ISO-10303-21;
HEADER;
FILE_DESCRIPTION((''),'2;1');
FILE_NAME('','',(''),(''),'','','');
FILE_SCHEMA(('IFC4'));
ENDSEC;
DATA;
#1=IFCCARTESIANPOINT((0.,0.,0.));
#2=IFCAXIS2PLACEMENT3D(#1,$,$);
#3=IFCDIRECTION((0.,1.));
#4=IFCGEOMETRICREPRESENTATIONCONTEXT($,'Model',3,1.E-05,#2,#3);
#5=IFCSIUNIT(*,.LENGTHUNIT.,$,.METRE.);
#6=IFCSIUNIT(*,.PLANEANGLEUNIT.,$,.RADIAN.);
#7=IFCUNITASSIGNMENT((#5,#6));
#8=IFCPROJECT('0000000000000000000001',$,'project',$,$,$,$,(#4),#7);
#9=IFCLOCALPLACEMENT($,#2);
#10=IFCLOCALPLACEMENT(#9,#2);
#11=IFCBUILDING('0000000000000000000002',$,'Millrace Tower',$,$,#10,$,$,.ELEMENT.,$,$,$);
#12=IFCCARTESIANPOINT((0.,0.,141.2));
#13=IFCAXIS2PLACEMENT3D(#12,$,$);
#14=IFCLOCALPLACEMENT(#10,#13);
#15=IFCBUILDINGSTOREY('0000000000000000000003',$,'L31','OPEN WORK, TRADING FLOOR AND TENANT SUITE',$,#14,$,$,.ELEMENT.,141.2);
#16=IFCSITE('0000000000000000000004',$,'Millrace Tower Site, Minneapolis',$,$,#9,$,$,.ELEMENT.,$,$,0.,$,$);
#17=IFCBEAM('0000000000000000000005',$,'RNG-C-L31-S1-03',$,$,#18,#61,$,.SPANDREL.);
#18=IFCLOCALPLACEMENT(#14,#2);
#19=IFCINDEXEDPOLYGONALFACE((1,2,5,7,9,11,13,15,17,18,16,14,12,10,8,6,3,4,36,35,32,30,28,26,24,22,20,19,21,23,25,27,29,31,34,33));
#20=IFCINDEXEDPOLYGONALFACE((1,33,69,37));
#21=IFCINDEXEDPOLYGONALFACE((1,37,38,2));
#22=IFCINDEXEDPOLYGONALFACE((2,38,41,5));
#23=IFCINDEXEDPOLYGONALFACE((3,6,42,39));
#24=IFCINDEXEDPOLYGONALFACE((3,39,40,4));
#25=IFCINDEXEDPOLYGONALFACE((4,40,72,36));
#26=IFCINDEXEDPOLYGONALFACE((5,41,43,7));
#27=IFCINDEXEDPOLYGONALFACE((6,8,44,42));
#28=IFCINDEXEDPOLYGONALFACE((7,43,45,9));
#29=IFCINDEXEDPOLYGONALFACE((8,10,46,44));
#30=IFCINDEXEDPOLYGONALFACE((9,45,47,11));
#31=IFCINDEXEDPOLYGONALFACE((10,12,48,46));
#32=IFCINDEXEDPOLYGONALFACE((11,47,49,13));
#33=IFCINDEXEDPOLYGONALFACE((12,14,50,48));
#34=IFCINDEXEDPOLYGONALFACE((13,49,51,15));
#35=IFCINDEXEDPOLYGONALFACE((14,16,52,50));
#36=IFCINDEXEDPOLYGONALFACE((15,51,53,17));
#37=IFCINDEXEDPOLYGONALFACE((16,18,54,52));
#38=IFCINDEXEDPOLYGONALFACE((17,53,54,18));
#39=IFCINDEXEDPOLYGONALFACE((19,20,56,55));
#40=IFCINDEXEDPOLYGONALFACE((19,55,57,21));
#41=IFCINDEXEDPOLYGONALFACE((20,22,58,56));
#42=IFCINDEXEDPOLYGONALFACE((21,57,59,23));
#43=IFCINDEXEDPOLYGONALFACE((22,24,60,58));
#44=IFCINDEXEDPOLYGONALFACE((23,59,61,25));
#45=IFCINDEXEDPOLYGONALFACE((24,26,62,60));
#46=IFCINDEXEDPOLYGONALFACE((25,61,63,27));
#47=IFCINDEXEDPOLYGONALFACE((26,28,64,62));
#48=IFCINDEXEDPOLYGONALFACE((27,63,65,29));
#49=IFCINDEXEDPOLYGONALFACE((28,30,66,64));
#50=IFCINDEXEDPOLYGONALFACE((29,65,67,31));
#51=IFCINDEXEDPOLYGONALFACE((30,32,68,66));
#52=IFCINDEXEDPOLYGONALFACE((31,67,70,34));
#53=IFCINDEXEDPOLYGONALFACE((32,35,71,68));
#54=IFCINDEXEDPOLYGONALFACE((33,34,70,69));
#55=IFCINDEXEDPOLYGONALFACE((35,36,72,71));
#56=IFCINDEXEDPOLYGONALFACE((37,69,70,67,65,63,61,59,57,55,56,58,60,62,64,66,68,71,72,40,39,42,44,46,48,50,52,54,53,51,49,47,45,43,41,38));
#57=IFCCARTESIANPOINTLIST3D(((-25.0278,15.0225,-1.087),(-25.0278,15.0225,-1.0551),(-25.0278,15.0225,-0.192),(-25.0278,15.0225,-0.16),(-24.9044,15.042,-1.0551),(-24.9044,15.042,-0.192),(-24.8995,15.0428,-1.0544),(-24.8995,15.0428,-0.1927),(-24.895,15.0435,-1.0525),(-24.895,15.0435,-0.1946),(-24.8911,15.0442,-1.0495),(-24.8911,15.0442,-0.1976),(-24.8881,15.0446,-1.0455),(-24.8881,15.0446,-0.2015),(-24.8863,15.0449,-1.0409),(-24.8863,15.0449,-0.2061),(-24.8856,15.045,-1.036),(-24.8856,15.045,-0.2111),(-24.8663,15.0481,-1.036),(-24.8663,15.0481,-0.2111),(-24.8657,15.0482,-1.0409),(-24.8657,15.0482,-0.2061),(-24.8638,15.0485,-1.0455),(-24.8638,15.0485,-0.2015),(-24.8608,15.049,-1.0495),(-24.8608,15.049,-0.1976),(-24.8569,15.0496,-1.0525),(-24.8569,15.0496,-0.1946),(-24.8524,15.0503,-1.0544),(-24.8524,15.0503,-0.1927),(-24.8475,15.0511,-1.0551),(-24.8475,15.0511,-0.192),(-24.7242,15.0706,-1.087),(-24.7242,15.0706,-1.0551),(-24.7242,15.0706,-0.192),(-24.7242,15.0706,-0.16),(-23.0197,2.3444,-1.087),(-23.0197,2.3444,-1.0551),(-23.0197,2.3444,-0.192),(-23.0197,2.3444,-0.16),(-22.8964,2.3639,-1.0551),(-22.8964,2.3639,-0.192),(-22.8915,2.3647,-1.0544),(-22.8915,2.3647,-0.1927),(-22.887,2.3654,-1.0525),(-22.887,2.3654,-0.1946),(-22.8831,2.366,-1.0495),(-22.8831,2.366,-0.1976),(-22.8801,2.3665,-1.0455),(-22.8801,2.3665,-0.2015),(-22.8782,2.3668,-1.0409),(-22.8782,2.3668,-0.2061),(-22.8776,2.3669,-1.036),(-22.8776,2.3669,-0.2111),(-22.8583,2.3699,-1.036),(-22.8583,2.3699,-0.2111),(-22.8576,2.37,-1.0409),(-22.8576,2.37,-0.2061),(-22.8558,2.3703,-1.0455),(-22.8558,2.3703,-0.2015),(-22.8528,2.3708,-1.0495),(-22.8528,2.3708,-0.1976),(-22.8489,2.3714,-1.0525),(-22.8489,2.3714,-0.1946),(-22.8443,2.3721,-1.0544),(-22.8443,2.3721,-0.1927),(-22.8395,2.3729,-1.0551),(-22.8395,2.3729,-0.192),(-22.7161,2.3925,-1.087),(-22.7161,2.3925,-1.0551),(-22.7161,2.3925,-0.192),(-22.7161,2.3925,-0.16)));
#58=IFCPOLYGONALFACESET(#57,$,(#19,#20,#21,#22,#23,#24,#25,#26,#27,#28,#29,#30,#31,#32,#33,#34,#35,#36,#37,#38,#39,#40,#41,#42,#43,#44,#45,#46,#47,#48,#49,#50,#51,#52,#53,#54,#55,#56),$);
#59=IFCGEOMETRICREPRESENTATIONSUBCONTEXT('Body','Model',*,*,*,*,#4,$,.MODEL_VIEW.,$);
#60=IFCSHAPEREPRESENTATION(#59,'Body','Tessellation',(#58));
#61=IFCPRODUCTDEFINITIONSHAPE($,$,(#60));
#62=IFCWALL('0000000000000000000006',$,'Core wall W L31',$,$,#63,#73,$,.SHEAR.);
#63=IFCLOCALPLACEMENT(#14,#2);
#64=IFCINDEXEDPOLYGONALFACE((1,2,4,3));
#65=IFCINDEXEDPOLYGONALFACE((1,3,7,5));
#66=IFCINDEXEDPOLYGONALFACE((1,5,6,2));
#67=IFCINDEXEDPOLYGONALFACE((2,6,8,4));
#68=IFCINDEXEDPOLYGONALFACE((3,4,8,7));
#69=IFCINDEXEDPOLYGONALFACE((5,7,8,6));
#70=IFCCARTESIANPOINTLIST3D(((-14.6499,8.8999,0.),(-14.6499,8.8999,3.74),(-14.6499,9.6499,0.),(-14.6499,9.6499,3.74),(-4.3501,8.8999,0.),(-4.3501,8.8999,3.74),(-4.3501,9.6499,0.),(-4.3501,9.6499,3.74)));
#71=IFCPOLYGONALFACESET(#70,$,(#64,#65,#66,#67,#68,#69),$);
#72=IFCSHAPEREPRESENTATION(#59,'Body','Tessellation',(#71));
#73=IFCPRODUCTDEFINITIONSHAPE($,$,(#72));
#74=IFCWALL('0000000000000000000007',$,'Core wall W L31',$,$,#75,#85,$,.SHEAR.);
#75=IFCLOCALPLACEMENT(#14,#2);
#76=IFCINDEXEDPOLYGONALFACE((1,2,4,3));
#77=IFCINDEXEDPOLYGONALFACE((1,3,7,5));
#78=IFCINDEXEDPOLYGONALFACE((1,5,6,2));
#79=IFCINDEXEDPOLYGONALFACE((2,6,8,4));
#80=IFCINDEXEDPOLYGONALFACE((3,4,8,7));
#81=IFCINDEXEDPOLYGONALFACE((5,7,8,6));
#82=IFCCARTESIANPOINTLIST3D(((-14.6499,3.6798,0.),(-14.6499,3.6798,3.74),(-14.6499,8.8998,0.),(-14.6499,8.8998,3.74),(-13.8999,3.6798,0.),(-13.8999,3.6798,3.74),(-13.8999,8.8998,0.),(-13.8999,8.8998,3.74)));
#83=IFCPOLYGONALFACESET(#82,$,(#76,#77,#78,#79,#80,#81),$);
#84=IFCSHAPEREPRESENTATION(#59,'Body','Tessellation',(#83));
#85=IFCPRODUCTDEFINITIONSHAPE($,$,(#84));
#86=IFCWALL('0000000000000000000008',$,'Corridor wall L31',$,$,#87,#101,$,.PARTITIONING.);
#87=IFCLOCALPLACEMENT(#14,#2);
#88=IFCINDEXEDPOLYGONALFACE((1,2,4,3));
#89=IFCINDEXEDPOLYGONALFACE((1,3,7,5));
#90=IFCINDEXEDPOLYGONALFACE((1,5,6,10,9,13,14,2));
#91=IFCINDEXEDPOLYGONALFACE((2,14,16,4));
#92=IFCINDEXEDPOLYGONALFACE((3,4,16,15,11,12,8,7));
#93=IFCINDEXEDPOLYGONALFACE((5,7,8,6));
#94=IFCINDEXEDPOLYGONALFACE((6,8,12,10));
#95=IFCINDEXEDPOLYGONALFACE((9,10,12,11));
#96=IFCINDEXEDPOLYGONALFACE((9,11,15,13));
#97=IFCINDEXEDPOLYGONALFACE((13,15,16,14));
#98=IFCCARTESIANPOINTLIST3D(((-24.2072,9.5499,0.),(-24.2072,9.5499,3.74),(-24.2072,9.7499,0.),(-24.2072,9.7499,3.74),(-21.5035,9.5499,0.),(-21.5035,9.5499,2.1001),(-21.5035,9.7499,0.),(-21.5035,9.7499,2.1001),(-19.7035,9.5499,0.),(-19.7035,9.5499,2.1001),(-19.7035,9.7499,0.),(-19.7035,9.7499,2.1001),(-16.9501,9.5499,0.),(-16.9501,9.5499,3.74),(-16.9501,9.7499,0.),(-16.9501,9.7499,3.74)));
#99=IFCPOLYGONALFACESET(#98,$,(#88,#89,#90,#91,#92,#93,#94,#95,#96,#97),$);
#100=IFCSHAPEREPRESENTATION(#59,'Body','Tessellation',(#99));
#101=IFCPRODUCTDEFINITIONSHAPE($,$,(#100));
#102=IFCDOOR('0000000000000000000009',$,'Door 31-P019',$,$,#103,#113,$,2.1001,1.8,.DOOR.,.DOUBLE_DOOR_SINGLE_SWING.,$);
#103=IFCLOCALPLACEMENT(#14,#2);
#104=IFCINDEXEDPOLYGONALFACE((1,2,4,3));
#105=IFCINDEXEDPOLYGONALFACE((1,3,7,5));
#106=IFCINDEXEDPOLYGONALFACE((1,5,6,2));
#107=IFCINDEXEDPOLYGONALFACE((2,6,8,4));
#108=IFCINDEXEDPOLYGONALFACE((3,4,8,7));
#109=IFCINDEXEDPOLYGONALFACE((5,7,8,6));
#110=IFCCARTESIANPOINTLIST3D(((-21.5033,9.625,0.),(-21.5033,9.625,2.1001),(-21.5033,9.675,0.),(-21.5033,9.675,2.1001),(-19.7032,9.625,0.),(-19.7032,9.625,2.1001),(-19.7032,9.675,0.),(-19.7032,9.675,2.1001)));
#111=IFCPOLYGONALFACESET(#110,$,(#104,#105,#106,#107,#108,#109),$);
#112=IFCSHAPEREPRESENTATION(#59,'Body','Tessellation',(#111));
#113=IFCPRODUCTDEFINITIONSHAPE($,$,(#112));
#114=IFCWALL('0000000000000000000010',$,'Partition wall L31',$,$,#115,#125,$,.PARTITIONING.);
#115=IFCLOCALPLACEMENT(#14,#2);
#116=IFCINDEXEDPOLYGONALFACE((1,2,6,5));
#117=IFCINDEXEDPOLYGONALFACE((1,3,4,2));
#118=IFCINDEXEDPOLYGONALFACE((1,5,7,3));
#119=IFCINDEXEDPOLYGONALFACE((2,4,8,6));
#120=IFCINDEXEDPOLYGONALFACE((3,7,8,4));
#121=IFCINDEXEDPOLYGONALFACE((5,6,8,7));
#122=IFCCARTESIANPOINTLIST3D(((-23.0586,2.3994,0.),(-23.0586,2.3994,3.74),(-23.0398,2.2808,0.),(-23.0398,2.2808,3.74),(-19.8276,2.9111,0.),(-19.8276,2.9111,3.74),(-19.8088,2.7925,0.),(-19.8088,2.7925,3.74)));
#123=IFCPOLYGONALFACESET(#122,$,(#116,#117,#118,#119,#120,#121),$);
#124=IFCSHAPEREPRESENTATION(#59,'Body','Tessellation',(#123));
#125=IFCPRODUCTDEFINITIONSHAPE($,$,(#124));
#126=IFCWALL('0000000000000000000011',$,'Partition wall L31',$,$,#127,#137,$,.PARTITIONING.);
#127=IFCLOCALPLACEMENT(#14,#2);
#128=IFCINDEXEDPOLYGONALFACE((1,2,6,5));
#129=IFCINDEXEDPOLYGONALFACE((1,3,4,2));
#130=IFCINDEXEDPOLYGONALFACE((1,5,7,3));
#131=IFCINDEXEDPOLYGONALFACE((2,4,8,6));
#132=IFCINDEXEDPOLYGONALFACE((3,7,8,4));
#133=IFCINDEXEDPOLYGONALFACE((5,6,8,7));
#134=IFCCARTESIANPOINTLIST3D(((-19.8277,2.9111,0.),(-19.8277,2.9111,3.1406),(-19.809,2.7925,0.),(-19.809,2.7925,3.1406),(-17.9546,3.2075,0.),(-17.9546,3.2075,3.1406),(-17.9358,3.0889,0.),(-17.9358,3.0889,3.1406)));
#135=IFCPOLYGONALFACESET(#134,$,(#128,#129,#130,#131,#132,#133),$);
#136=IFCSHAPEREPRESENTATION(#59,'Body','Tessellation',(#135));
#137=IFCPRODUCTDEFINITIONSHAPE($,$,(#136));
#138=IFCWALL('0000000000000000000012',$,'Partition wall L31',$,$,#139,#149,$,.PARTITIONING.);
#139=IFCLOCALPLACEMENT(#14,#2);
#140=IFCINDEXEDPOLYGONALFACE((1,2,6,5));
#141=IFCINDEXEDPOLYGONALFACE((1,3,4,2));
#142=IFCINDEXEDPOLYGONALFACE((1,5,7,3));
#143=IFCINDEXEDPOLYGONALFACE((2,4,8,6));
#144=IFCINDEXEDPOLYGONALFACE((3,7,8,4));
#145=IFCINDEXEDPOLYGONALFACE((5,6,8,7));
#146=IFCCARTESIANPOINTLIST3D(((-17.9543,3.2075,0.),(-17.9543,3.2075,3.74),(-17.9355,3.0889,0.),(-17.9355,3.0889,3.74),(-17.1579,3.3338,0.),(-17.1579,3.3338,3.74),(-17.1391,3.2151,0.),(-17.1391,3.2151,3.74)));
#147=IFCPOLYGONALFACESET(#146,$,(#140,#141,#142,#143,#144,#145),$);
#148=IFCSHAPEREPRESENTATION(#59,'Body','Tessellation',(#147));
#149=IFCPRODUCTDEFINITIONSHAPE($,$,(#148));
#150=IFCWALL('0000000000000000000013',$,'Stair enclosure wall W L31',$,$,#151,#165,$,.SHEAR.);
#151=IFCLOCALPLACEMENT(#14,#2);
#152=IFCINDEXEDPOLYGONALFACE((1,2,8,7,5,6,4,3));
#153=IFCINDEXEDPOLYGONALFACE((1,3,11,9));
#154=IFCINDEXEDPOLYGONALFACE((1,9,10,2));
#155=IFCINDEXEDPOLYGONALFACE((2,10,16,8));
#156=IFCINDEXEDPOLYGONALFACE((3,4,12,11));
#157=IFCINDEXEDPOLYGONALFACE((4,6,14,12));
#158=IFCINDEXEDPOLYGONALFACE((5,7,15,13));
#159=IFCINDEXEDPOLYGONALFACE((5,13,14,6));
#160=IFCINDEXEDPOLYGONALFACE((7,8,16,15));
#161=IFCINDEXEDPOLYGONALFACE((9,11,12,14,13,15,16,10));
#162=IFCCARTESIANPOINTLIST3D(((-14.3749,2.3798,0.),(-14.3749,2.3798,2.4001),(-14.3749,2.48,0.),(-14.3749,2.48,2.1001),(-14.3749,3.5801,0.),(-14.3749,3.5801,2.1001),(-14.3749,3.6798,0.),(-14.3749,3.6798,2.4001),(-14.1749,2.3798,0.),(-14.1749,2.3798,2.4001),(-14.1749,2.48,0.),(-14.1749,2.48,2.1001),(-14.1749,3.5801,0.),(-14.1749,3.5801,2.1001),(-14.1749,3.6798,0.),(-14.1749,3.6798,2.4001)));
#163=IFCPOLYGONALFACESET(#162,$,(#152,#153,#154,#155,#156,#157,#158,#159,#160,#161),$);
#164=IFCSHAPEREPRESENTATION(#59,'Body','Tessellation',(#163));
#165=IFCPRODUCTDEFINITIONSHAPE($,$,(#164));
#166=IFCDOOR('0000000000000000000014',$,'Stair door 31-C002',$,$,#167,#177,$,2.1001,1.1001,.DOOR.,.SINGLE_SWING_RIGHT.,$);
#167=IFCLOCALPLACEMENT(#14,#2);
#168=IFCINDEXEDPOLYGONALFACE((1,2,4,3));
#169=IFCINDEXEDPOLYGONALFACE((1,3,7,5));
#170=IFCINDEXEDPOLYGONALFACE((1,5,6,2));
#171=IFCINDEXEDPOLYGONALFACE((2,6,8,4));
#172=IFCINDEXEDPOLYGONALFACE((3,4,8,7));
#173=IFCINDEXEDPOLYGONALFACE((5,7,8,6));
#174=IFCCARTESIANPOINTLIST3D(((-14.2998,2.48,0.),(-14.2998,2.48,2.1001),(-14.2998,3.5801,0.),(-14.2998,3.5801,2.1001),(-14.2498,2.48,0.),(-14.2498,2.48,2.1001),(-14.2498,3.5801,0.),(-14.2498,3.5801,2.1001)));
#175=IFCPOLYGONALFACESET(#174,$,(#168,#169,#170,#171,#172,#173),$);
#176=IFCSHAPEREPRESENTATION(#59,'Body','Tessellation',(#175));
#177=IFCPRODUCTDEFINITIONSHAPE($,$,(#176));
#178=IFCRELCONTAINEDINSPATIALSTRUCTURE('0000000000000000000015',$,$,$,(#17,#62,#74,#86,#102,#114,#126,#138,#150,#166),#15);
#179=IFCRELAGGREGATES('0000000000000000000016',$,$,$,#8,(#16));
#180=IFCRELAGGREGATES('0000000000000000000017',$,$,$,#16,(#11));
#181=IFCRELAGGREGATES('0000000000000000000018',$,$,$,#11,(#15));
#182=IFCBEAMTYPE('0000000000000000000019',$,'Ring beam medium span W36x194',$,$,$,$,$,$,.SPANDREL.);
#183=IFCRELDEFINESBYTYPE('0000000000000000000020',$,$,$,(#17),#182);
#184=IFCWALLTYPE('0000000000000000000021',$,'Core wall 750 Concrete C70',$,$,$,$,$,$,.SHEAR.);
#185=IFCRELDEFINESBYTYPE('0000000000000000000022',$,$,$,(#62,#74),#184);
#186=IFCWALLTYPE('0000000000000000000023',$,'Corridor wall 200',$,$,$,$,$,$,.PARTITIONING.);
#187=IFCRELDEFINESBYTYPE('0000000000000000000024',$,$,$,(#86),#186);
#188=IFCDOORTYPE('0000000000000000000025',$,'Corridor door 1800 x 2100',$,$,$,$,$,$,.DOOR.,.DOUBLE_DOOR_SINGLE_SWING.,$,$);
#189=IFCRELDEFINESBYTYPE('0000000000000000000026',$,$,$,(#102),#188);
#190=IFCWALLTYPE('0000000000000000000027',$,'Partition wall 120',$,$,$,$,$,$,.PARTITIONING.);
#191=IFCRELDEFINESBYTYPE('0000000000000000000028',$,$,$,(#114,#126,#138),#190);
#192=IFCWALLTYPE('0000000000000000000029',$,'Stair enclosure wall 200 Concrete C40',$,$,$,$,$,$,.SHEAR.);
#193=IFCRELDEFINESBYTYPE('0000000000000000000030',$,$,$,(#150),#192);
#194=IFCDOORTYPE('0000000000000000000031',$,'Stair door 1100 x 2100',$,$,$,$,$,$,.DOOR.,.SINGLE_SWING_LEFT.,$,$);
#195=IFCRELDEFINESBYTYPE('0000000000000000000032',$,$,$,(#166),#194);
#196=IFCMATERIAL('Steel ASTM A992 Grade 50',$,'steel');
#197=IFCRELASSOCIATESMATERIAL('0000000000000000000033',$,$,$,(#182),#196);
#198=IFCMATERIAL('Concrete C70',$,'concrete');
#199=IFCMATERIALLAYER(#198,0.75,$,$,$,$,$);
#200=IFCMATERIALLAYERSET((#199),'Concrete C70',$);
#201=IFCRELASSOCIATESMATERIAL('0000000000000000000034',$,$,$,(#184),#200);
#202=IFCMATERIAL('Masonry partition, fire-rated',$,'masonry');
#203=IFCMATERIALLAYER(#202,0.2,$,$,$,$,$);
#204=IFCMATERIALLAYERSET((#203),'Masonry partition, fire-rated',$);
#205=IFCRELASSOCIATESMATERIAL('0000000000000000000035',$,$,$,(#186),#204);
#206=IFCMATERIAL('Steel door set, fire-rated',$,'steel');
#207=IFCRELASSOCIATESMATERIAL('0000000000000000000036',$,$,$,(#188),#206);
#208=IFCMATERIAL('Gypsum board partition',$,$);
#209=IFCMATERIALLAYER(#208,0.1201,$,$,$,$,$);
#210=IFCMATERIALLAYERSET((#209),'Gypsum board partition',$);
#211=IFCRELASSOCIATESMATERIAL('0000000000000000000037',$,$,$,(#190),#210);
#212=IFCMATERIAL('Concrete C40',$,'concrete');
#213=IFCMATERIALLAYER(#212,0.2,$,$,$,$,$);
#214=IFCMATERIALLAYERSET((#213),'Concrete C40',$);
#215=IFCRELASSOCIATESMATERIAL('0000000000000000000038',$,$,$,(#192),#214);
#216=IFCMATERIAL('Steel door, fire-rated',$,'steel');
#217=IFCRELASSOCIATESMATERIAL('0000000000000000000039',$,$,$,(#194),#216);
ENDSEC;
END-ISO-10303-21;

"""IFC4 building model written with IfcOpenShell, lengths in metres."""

from ifc_helpers import new_model, si_unit, direction, frame, frame_2d, origin, origin_2d, place, context, subcontext, project, spatial, rectangle, i_section, extrude, material, layer, layer_set, material_profile, profile_set, type_object, element, fill, save


model = new_model("IFC4")

# Units and contexts
model_context = context("Model", 3, precision=1e-05, world=origin(), true_north=direction((0.0, 1.0)))
body_context = subcontext(model_context, "Body", "Model", "MODEL_VIEW")
ifc_project = project(units=[si_unit("LENGTHUNIT", "METRE"), si_unit("PLANEANGLEUNIT", "RADIAN")], contexts=[model_context])

# Site, building, storey
site_placement = place(None, origin())
site = spatial("IfcSite", under=ifc_project, at=site_placement, Name="Millrace Tower Site, Minneapolis", CompositionType="ELEMENT", RefElevation=0.0)
building_placement = place(site_placement, origin())
building = spatial("IfcBuilding", under=site, at=building_placement, Name="Millrace Tower", CompositionType="ELEMENT")
storey_placement = place(building_placement, frame((0.0, 0.0, 141.2)))
storey = spatial("IfcBuildingStorey", under=building, at=storey_placement, Name="L31", Description="OPEN WORK, TRADING FLOOR AND TENANT SUITE", CompositionType="ELEMENT", Elevation=141.2)

# Beam
ifc_material_1 = material(Name="Steel ASTM A992 Grade 50", Category="steel")
ifc_material_profile_1 = material_profile(ifc_material_1, i_section(OverallWidth=0.3074, OverallDepth=0.927, WebThickness=0.0195, FlangeThickness=0.032, FilletRadius=0.019, at=origin_2d()))
ifc_profile_set_1 = profile_set([ifc_material_profile_1], Name="Steel ASTM A992 Grade 50")
beam_type_1 = type_object("IfcBeamType", Name="Ring beam medium span W36x194", PredefinedType="SPANDREL", material=ifc_profile_set_1)
beam_1_placement = place(storey_placement, frame((-22.8679, 2.3684, -0.6235), z_axis=(-0.156436, 0.987688, 0.0), x_axis=(-0.987688, -0.156436, 0.0)))
element("IfcBeam", 1, at=beam_1_placement, inside=storey, type_object=beam_type_1, Name="RNG-C-L31-S1-03", PredefinedType="SPANDREL", context=body_context, shape_type="SweptSolid", body=[
    extrude(i_section(OverallWidth=0.3074, OverallDepth=0.927, WebThickness=0.0195, FlangeThickness=0.032, FilletRadius=0.019, at=origin_2d()), origin(), (0.0, 0.0, 1.0), 12.8362),
])

# Walls
ifc_material_2 = material(Name="Concrete C70", Category="concrete")
ifc_layer_1 = layer(ifc_material_2, 0.75)
ifc_layer_set_1 = layer_set([ifc_layer_1], Name="Concrete C70")
wall_type_1 = type_object("IfcWallType", Name="Core wall 750 Concrete C70", PredefinedType="SHEAR", material=ifc_layer_set_1)
wall_1_placement = place(storey_placement, frame((-14.6499, 9.2749, 0.0), z_axis=(0.0, 0.0, 1.0), x_axis=(1.0, 0.0, 0.0)))
element("IfcWall", 2, at=wall_1_placement, inside=storey, type_object=wall_type_1, Name="Core wall W L31", PredefinedType="SHEAR", context=body_context, shape_type="SweptSolid", body=[
    extrude(rectangle(XDim=10.2998, YDim=0.75, at=frame_2d((5.1499, 0.0))), origin(), (0.0, 0.0, 1.0), 3.74),
])
wall_2_placement = place(storey_placement, frame((-14.2749, 3.6799, 0.0), z_axis=(0.0, 0.0, 1.0), x_axis=(0.0, 1.0, 0.0)))
element("IfcWall", 3, at=wall_2_placement, inside=storey, type_object=wall_type_1, Name="Core wall W L31", PredefinedType="SHEAR", context=body_context, shape_type="SweptSolid", body=[
    extrude(rectangle(XDim=5.22, YDim=0.75, at=frame_2d((2.6099, 0.0))), origin(), (0.0, 0.0, 1.0), 3.74),
])

# Wall, opening, door
ifc_material_3 = material(Name="Masonry partition, fire-rated", Category="masonry")
ifc_layer_2 = layer(ifc_material_3, 0.2)
ifc_layer_set_2 = layer_set([ifc_layer_2], Name="Masonry partition, fire-rated")
wall_type_2 = type_object("IfcWallType", Name="Corridor wall 200", PredefinedType="PARTITIONING", material=ifc_layer_set_2)
wall_3_placement = place(storey_placement, frame((-24.207, 9.6499, 0.0), z_axis=(0.0, 0.0, 1.0), x_axis=(1.0, 0.0, 0.0)))
wall_3 = element("IfcWall", 4, at=wall_3_placement, inside=storey, type_object=wall_type_2, Name="Corridor wall L31", PredefinedType="PARTITIONING", context=body_context, shape_type="SweptSolid", body=[
    extrude(rectangle(XDim=7.2571, YDim=0.2, at=frame_2d((3.6284, 0.0))), origin(), (0.0, 0.0, 1.0), 3.74),
])
opening_1_placement = place(wall_3_placement, frame((2.7036, 0.0, 0.0)))
opening_1 = element("IfcOpeningElement", 5, at=opening_1_placement, cuts=wall_3, PredefinedType="OPENING", context=body_context, shape_type="SweptSolid", body=[
    extrude(rectangle(XDim=1.8, YDim=2.1001, at=frame_2d((0.8999, 1.05))), frame((0.0, 0.1099, 0.0), z_axis=(0.0, -1.0, 0.0), x_axis=(1.0, 0.0, 0.0)), (0.0, 0.0, 1.0), 0.22),
])
ifc_material_4 = material(Name="Steel door set, fire-rated", Category="steel")
door_type_1 = type_object("IfcDoorType", Name="Corridor door 1800 x 2100", OperationType="DOUBLE_DOOR_SINGLE_SWING", PredefinedType="DOOR", material=ifc_material_4)
door_1_placement = place(opening_1_placement, frame((1.8, 0.0, 0.0), z_axis=(0.0, 0.0, 1.0), x_axis=(-1.0, 0.0, 0.0)))
door_1 = element("IfcDoor", 6, at=door_1_placement, inside=storey, type_object=door_type_1, Name="Door 31-P019", OperationType="DOUBLE_DOOR_SINGLE_SWING", OverallHeight=2.1001, OverallWidth=1.8, PredefinedType="DOOR", context=body_context, shape_type="SweptSolid", body=[
    extrude(rectangle(XDim=1.8, YDim=2.1001, at=frame_2d((0.8999, 1.05))), frame((0.0, 0.0249, 0.0), z_axis=(0.0, -1.0, 0.0), x_axis=(1.0, 0.0, 0.0)), (0.0, 0.0, 1.0), 0.05),
])
fill(opening_1, door_1)

# Walls
ifc_material_5 = material(Name="Gypsum board partition")
ifc_layer_3 = layer(ifc_material_5, 0.1201)
ifc_layer_set_3 = layer_set([ifc_layer_3], Name="Gypsum board partition")
wall_type_3 = type_object("IfcWallType", Name="Partition wall 120", PredefinedType="PARTITIONING", material=ifc_layer_set_3)
wall_4_placement = place(storey_placement, frame((-23.0493, 2.3401, 0.0), z_axis=(0.0, 0.0, 1.0), x_axis=(0.987689, 0.15643, 0.0)))
element("IfcWall", 7, at=wall_4_placement, inside=storey, type_object=wall_type_3, Name="Partition wall L31", PredefinedType="PARTITIONING", context=body_context, shape_type="SweptSolid", body=[
    extrude(rectangle(XDim=3.2712, YDim=0.1201, at=frame_2d((1.6357, 0.0))), origin(), (0.0, 0.0, 1.0), 3.74),
])
wall_5_placement = place(storey_placement, frame((-19.8184, 2.8518, 0.0), z_axis=(0.0, 0.0, 1.0), x_axis=(0.987714, 0.156273, 0.0)))
element("IfcWall", 8, at=wall_5_placement, inside=storey, type_object=wall_type_3, Name="Partition wall L31", PredefinedType="PARTITIONING", context=body_context, shape_type="SweptSolid", body=[
    extrude(rectangle(XDim=1.8965, YDim=0.1201, at=frame_2d((0.9482, 0.0))), origin(), (0.0, 0.0, 1.0), 3.1406),
])
wall_6_placement = place(storey_placement, frame((-17.9451, 3.1482, 0.0), z_axis=(0.0, 0.0, 1.0), x_axis=(0.987672, 0.156538, 0.0)))
element("IfcWall", 9, at=wall_6_placement, inside=storey, type_object=wall_type_3, Name="Partition wall L31", PredefinedType="PARTITIONING", context=body_context, shape_type="SweptSolid", body=[
    extrude(rectangle(XDim=0.8064, YDim=0.1201, at=frame_2d((0.4033, 0.0))), origin(), (0.0, 0.0, 1.0), 3.74),
])

# Wall, opening, door
ifc_material_6 = material(Name="Concrete C40", Category="concrete")
ifc_layer_4 = layer(ifc_material_6, 0.2)
ifc_layer_set_4 = layer_set([ifc_layer_4], Name="Concrete C40")
wall_type_4 = type_object("IfcWallType", Name="Stair enclosure wall 200 Concrete C40", PredefinedType="SHEAR", material=ifc_layer_set_4)
wall_7_placement = place(storey_placement, frame((-14.2749, 2.3799, 0.0), z_axis=(0.0, 0.0, 1.0), x_axis=(0.0, 1.0, 0.0)))
wall_7 = element("IfcWall", 10, at=wall_7_placement, inside=storey, type_object=wall_type_4, Name="Stair enclosure wall W L31", PredefinedType="SHEAR", context=body_context, shape_type="SweptSolid", body=[
    extrude(rectangle(XDim=1.3, YDim=0.2, at=frame_2d((0.6499, 0.0))), origin(), (0.0, 0.0, 1.0), 2.4001),
])
opening_2_placement = place(wall_7_placement, frame((0.1001, 0.0, 0.0)))
opening_2 = element("IfcOpeningElement", 11, at=opening_2_placement, cuts=wall_7, PredefinedType="OPENING", context=body_context, shape_type="SweptSolid", body=[
    extrude(rectangle(XDim=1.1001, YDim=2.1001, at=frame_2d((0.55, 1.05))), frame((0.0, 0.1099, 0.0), z_axis=(0.0, -1.0, 0.0), x_axis=(1.0, 0.0, 0.0)), (0.0, 0.0, 1.0), 0.22),
])
ifc_material_7 = material(Name="Steel door, fire-rated", Category="steel")
door_type_2 = type_object("IfcDoorType", Name="Stair door 1100 x 2100", OperationType="SINGLE_SWING_LEFT", PredefinedType="DOOR", material=ifc_material_7)
door_2_placement = place(opening_2_placement, origin())
door_2 = element("IfcDoor", 12, at=door_2_placement, inside=storey, type_object=door_type_2, Name="Stair door 31-C002", OperationType="SINGLE_SWING_RIGHT", OverallHeight=2.1001, OverallWidth=1.1001, PredefinedType="DOOR", context=body_context, shape_type="SweptSolid", body=[
    extrude(rectangle(XDim=1.1001, YDim=2.1001, at=frame_2d((0.55, 1.05))), frame((0.0, 0.0249, 0.0), z_axis=(0.0, -1.0, 0.0), x_axis=(1.0, 0.0, 0.0)), (0.0, 0.0, 1.0), 0.05),
])
fill(opening_2, door_2)

save(model, "model.ifc")
